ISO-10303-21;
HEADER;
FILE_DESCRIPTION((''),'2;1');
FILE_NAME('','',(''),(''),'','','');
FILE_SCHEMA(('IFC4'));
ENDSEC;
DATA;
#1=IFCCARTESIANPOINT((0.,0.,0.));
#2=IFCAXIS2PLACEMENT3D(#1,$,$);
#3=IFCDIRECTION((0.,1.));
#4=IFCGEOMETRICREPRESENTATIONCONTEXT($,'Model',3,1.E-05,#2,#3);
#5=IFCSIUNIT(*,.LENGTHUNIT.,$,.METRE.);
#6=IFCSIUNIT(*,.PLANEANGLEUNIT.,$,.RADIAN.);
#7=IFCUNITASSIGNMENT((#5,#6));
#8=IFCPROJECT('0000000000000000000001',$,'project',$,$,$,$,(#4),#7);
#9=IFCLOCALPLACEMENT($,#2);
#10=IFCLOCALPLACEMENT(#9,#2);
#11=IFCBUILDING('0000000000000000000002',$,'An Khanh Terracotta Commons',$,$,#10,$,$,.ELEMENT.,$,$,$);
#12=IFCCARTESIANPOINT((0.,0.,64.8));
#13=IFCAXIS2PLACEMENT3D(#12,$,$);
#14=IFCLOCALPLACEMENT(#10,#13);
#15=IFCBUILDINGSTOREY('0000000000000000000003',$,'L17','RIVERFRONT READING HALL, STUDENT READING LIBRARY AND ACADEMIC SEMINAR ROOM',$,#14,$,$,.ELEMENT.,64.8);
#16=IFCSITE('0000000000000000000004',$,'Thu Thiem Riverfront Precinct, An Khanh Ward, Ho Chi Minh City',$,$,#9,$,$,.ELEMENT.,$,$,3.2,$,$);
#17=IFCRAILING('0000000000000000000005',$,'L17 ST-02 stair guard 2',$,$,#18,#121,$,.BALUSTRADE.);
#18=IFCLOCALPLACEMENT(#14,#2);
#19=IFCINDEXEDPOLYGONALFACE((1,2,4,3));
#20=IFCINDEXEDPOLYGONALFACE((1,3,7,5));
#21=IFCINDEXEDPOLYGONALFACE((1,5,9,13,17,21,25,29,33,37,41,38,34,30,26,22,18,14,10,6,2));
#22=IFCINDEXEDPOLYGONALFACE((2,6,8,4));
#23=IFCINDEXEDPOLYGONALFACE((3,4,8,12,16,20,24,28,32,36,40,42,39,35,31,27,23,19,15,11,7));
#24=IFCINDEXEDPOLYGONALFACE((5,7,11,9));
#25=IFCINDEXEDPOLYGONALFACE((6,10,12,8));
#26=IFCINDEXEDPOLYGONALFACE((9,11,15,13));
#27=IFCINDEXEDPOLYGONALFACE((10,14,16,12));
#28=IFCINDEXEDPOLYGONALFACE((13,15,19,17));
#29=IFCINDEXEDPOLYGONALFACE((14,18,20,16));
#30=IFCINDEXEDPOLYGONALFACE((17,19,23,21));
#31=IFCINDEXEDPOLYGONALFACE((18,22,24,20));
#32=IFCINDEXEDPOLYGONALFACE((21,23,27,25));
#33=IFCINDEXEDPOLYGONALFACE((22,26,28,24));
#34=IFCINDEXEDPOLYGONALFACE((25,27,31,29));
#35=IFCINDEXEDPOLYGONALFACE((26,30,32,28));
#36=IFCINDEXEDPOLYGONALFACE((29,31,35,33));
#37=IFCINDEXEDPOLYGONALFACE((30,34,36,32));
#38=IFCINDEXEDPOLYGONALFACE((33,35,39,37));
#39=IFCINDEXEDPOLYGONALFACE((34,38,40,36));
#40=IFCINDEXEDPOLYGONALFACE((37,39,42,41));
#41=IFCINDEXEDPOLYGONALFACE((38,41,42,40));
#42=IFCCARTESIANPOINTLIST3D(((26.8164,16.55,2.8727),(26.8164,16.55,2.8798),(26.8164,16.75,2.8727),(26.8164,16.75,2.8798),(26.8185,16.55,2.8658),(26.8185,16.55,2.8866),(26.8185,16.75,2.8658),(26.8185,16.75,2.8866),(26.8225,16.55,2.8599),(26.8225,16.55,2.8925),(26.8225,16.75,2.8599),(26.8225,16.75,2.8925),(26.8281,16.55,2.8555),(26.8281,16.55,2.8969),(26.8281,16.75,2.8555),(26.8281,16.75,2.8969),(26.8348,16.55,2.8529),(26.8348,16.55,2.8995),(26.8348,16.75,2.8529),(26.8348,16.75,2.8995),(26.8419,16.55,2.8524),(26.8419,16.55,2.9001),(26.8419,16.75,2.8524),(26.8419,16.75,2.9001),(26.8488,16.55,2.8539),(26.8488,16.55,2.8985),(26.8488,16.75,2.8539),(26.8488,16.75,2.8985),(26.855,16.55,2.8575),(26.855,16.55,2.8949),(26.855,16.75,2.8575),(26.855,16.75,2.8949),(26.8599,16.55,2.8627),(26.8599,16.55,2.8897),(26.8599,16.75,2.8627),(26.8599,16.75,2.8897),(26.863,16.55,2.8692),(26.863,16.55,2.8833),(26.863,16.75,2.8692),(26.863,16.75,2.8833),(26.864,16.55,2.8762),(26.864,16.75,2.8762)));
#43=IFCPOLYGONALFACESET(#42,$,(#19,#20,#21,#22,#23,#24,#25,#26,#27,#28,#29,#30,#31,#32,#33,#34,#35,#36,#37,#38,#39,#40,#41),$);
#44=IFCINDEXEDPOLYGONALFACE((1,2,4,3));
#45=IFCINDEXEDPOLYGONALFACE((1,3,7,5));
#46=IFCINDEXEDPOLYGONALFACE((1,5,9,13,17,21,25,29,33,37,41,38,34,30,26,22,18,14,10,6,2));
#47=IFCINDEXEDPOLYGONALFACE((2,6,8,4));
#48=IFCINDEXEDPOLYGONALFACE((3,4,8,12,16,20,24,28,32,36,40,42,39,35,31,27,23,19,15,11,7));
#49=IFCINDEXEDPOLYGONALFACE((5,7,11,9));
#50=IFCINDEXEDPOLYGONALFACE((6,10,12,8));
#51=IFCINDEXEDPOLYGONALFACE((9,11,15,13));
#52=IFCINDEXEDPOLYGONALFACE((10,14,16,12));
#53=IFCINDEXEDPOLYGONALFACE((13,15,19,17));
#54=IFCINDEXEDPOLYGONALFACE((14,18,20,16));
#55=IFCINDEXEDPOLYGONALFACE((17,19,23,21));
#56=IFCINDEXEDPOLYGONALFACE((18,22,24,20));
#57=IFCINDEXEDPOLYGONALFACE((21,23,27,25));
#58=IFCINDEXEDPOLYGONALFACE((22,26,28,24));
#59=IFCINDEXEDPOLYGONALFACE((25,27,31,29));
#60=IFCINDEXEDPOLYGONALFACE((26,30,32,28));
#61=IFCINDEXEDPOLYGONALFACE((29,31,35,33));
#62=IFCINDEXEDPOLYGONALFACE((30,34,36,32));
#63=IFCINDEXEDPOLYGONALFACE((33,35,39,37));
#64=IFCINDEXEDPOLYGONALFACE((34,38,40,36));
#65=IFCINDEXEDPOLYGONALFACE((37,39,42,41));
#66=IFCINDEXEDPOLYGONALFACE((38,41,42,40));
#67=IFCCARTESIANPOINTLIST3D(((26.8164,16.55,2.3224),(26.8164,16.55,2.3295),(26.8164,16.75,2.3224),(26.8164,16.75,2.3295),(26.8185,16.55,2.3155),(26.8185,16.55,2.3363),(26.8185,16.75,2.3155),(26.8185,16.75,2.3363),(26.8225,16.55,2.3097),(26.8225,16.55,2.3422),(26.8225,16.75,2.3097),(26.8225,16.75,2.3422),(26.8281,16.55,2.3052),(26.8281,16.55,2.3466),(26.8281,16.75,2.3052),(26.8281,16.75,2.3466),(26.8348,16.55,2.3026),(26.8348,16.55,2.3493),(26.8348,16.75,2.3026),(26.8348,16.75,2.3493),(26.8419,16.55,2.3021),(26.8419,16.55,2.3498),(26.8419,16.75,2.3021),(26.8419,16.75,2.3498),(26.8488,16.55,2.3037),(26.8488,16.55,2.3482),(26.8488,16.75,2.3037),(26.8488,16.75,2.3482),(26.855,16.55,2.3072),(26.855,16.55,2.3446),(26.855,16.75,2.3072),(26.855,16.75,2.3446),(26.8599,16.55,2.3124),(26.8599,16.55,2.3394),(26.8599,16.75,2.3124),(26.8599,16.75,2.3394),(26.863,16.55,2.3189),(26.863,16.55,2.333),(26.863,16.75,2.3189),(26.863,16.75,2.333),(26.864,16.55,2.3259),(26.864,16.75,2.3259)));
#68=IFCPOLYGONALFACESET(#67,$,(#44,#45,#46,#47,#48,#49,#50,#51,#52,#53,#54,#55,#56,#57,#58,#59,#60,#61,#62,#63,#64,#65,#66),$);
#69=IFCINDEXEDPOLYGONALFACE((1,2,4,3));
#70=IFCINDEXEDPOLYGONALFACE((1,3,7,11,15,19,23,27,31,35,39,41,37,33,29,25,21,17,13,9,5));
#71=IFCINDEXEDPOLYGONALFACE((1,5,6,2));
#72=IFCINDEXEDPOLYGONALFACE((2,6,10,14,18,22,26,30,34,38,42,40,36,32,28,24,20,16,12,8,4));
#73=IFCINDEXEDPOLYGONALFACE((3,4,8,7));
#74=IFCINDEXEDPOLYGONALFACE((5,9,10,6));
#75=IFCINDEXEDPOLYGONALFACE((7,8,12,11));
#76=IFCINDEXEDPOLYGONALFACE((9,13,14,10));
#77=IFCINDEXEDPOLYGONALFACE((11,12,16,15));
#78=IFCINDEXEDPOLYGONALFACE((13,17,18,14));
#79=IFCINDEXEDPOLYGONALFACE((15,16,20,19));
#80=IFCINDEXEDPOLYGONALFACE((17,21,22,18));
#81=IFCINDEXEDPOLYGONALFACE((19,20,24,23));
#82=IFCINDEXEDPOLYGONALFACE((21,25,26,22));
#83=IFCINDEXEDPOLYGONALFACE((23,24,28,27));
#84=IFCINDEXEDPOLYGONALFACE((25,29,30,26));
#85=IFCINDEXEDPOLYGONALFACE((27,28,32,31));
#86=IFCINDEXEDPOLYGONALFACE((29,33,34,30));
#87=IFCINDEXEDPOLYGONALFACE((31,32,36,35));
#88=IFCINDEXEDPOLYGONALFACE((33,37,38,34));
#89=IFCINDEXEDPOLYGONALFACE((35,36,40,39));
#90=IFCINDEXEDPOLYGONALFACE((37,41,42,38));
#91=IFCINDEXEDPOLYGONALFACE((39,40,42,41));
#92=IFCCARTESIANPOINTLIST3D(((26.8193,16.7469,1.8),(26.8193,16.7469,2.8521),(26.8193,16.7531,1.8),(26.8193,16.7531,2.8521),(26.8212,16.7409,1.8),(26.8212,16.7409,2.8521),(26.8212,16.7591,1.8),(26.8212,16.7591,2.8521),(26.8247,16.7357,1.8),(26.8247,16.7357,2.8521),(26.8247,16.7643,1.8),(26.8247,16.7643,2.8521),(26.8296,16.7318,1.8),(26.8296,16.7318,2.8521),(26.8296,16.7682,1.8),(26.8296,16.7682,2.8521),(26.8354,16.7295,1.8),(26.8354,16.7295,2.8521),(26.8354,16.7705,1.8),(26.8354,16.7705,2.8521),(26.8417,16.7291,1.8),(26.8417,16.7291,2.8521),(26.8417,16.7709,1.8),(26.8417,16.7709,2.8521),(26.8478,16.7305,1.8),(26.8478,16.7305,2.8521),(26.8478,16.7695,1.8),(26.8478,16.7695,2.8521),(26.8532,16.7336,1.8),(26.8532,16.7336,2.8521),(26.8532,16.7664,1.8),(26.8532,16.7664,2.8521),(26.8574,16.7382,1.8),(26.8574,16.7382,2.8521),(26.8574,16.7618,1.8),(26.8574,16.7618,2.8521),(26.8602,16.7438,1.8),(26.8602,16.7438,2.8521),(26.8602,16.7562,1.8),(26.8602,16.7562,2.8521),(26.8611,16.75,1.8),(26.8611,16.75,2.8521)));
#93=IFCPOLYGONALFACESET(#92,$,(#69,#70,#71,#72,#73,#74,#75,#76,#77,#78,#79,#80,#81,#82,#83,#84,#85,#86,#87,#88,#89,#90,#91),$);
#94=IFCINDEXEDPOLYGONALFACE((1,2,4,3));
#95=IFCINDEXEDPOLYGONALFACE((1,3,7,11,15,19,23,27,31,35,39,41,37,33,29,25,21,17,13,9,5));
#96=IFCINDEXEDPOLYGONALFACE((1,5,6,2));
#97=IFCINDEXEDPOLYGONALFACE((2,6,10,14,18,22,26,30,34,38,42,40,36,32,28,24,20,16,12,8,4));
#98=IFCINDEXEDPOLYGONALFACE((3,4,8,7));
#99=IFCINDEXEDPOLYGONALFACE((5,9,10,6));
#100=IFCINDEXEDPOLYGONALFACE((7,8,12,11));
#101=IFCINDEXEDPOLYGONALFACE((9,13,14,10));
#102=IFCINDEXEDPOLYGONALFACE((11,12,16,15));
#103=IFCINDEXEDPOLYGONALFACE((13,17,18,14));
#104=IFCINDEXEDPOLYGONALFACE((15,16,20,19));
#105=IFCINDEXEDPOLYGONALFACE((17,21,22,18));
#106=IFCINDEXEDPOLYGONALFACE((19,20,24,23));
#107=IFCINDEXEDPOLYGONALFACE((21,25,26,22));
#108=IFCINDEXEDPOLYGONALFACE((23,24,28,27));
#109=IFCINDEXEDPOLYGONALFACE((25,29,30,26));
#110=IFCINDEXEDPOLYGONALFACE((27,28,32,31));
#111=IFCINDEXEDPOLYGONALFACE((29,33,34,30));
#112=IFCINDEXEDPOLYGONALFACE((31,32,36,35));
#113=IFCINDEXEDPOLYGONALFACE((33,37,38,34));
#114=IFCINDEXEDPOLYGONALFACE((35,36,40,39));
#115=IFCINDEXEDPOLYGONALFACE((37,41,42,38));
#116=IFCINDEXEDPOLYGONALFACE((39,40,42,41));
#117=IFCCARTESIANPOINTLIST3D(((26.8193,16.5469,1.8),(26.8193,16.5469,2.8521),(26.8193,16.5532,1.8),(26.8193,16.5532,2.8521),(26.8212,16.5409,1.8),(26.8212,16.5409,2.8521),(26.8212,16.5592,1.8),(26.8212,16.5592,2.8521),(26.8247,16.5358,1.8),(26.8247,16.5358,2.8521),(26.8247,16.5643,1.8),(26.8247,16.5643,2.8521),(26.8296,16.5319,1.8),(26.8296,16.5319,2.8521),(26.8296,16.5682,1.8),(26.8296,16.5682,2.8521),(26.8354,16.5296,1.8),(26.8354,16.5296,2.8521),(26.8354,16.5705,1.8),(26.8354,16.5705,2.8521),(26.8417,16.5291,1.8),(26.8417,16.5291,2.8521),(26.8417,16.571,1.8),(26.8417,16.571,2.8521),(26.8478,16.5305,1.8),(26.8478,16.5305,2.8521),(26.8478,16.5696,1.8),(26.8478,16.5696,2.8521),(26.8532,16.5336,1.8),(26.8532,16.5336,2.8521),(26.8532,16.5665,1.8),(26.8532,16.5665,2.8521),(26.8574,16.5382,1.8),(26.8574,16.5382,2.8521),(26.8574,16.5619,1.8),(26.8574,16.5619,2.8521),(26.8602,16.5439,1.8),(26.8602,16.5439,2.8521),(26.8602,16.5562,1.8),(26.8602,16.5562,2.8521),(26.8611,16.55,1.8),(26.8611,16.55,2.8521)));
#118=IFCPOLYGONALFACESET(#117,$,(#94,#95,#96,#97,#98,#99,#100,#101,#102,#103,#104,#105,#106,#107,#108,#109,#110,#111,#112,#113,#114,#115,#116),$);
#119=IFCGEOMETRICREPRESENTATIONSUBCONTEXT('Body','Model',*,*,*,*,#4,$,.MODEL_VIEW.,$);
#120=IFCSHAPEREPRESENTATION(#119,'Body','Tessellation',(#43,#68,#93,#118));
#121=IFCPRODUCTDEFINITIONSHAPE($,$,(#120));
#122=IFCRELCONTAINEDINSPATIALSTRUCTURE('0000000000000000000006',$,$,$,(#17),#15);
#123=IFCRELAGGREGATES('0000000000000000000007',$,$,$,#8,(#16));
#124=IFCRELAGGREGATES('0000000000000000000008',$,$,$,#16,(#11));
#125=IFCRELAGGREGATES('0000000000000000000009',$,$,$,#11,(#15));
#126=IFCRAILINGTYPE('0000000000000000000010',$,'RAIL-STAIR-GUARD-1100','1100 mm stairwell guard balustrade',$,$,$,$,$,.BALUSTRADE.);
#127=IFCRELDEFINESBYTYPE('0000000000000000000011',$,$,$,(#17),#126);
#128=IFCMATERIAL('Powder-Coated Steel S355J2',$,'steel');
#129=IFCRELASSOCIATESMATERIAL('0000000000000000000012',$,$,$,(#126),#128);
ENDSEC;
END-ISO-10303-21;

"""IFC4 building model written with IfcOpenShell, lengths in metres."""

from ifc_helpers import new_model, si_unit, direction, frame, origin, origin_2d, place, context, subcontext, project, spatial, circle, extrude, material, type_object, element, save


model = new_model("IFC4")

# Units and contexts
model_context = context("Model", 3, precision=1e-05, world=origin(), true_north=direction((0.0, 1.0)))
body_context = subcontext(model_context, "Body", "Model", "MODEL_VIEW")
ifc_project = project(units=[si_unit("LENGTHUNIT", "METRE"), si_unit("PLANEANGLEUNIT", "RADIAN")], contexts=[model_context])

# Site, building, storey
site_placement = place(None, origin())
site = spatial("IfcSite", under=ifc_project, at=site_placement, Name="Thu Thiem Riverfront Precinct, An Khanh Ward, Ho Chi Minh City", CompositionType="ELEMENT", RefElevation=3.2)
building_placement = place(site_placement, origin())
building = spatial("IfcBuilding", under=site, at=building_placement, Name="An Khanh Terracotta Commons", CompositionType="ELEMENT")
storey_placement = place(building_placement, frame((0.0, 0.0, 64.8)))
storey = spatial("IfcBuildingStorey", under=building, at=storey_placement, Name="L17", Description="RIVERFRONT READING HALL, STUDENT READING LIBRARY AND ACADEMIC SEMINAR ROOM", CompositionType="ELEMENT", Elevation=64.8)

# Railing
ifc_material_1 = material(Name="Powder-Coated Steel S355J2", Category="steel")
railing_type_1 = type_object("IfcRailingType", Name="RAIL-STAIR-GUARD-1100", Description="1100 mm stairwell guard balustrade", PredefinedType="BALUSTRADE", material=ifc_material_1)
railing_1_placement = place(storey_placement, frame((26.8401, 16.75, 1.8)))
element("IfcRailing", 1, at=railing_1_placement, inside=storey, type_object=railing_type_1, Name="L17 ST-02 stair guard 2", PredefinedType="BALUSTRADE", context=body_context, shape_type="SweptSolid", body=[
    extrude(circle(Radius=0.0239, at=origin_2d()), frame((0.0, 0.0, 1.0762), z_axis=(0.0, -1.0, 0.0), x_axis=(1.0, 0.0, 0.0)), (0.0, 0.0, 1.0), 0.2),
    extrude(circle(Radius=0.0239, at=origin_2d()), frame((0.0, 0.0, 0.5259), z_axis=(0.0, -1.0, 0.0), x_axis=(1.0, 0.0, 0.0)), (0.0, 0.0, 1.0), 0.2),
    extrude(circle(Radius=0.021, at=origin_2d()), origin(), (0.0, 0.0, 1.0), 1.052),
    extrude(circle(Radius=0.021, at=origin_2d()), frame((0.0, -0.2, 0.0)), (0.0, 0.0, 1.0), 1.052),
])

save(model, "model.ifc")
